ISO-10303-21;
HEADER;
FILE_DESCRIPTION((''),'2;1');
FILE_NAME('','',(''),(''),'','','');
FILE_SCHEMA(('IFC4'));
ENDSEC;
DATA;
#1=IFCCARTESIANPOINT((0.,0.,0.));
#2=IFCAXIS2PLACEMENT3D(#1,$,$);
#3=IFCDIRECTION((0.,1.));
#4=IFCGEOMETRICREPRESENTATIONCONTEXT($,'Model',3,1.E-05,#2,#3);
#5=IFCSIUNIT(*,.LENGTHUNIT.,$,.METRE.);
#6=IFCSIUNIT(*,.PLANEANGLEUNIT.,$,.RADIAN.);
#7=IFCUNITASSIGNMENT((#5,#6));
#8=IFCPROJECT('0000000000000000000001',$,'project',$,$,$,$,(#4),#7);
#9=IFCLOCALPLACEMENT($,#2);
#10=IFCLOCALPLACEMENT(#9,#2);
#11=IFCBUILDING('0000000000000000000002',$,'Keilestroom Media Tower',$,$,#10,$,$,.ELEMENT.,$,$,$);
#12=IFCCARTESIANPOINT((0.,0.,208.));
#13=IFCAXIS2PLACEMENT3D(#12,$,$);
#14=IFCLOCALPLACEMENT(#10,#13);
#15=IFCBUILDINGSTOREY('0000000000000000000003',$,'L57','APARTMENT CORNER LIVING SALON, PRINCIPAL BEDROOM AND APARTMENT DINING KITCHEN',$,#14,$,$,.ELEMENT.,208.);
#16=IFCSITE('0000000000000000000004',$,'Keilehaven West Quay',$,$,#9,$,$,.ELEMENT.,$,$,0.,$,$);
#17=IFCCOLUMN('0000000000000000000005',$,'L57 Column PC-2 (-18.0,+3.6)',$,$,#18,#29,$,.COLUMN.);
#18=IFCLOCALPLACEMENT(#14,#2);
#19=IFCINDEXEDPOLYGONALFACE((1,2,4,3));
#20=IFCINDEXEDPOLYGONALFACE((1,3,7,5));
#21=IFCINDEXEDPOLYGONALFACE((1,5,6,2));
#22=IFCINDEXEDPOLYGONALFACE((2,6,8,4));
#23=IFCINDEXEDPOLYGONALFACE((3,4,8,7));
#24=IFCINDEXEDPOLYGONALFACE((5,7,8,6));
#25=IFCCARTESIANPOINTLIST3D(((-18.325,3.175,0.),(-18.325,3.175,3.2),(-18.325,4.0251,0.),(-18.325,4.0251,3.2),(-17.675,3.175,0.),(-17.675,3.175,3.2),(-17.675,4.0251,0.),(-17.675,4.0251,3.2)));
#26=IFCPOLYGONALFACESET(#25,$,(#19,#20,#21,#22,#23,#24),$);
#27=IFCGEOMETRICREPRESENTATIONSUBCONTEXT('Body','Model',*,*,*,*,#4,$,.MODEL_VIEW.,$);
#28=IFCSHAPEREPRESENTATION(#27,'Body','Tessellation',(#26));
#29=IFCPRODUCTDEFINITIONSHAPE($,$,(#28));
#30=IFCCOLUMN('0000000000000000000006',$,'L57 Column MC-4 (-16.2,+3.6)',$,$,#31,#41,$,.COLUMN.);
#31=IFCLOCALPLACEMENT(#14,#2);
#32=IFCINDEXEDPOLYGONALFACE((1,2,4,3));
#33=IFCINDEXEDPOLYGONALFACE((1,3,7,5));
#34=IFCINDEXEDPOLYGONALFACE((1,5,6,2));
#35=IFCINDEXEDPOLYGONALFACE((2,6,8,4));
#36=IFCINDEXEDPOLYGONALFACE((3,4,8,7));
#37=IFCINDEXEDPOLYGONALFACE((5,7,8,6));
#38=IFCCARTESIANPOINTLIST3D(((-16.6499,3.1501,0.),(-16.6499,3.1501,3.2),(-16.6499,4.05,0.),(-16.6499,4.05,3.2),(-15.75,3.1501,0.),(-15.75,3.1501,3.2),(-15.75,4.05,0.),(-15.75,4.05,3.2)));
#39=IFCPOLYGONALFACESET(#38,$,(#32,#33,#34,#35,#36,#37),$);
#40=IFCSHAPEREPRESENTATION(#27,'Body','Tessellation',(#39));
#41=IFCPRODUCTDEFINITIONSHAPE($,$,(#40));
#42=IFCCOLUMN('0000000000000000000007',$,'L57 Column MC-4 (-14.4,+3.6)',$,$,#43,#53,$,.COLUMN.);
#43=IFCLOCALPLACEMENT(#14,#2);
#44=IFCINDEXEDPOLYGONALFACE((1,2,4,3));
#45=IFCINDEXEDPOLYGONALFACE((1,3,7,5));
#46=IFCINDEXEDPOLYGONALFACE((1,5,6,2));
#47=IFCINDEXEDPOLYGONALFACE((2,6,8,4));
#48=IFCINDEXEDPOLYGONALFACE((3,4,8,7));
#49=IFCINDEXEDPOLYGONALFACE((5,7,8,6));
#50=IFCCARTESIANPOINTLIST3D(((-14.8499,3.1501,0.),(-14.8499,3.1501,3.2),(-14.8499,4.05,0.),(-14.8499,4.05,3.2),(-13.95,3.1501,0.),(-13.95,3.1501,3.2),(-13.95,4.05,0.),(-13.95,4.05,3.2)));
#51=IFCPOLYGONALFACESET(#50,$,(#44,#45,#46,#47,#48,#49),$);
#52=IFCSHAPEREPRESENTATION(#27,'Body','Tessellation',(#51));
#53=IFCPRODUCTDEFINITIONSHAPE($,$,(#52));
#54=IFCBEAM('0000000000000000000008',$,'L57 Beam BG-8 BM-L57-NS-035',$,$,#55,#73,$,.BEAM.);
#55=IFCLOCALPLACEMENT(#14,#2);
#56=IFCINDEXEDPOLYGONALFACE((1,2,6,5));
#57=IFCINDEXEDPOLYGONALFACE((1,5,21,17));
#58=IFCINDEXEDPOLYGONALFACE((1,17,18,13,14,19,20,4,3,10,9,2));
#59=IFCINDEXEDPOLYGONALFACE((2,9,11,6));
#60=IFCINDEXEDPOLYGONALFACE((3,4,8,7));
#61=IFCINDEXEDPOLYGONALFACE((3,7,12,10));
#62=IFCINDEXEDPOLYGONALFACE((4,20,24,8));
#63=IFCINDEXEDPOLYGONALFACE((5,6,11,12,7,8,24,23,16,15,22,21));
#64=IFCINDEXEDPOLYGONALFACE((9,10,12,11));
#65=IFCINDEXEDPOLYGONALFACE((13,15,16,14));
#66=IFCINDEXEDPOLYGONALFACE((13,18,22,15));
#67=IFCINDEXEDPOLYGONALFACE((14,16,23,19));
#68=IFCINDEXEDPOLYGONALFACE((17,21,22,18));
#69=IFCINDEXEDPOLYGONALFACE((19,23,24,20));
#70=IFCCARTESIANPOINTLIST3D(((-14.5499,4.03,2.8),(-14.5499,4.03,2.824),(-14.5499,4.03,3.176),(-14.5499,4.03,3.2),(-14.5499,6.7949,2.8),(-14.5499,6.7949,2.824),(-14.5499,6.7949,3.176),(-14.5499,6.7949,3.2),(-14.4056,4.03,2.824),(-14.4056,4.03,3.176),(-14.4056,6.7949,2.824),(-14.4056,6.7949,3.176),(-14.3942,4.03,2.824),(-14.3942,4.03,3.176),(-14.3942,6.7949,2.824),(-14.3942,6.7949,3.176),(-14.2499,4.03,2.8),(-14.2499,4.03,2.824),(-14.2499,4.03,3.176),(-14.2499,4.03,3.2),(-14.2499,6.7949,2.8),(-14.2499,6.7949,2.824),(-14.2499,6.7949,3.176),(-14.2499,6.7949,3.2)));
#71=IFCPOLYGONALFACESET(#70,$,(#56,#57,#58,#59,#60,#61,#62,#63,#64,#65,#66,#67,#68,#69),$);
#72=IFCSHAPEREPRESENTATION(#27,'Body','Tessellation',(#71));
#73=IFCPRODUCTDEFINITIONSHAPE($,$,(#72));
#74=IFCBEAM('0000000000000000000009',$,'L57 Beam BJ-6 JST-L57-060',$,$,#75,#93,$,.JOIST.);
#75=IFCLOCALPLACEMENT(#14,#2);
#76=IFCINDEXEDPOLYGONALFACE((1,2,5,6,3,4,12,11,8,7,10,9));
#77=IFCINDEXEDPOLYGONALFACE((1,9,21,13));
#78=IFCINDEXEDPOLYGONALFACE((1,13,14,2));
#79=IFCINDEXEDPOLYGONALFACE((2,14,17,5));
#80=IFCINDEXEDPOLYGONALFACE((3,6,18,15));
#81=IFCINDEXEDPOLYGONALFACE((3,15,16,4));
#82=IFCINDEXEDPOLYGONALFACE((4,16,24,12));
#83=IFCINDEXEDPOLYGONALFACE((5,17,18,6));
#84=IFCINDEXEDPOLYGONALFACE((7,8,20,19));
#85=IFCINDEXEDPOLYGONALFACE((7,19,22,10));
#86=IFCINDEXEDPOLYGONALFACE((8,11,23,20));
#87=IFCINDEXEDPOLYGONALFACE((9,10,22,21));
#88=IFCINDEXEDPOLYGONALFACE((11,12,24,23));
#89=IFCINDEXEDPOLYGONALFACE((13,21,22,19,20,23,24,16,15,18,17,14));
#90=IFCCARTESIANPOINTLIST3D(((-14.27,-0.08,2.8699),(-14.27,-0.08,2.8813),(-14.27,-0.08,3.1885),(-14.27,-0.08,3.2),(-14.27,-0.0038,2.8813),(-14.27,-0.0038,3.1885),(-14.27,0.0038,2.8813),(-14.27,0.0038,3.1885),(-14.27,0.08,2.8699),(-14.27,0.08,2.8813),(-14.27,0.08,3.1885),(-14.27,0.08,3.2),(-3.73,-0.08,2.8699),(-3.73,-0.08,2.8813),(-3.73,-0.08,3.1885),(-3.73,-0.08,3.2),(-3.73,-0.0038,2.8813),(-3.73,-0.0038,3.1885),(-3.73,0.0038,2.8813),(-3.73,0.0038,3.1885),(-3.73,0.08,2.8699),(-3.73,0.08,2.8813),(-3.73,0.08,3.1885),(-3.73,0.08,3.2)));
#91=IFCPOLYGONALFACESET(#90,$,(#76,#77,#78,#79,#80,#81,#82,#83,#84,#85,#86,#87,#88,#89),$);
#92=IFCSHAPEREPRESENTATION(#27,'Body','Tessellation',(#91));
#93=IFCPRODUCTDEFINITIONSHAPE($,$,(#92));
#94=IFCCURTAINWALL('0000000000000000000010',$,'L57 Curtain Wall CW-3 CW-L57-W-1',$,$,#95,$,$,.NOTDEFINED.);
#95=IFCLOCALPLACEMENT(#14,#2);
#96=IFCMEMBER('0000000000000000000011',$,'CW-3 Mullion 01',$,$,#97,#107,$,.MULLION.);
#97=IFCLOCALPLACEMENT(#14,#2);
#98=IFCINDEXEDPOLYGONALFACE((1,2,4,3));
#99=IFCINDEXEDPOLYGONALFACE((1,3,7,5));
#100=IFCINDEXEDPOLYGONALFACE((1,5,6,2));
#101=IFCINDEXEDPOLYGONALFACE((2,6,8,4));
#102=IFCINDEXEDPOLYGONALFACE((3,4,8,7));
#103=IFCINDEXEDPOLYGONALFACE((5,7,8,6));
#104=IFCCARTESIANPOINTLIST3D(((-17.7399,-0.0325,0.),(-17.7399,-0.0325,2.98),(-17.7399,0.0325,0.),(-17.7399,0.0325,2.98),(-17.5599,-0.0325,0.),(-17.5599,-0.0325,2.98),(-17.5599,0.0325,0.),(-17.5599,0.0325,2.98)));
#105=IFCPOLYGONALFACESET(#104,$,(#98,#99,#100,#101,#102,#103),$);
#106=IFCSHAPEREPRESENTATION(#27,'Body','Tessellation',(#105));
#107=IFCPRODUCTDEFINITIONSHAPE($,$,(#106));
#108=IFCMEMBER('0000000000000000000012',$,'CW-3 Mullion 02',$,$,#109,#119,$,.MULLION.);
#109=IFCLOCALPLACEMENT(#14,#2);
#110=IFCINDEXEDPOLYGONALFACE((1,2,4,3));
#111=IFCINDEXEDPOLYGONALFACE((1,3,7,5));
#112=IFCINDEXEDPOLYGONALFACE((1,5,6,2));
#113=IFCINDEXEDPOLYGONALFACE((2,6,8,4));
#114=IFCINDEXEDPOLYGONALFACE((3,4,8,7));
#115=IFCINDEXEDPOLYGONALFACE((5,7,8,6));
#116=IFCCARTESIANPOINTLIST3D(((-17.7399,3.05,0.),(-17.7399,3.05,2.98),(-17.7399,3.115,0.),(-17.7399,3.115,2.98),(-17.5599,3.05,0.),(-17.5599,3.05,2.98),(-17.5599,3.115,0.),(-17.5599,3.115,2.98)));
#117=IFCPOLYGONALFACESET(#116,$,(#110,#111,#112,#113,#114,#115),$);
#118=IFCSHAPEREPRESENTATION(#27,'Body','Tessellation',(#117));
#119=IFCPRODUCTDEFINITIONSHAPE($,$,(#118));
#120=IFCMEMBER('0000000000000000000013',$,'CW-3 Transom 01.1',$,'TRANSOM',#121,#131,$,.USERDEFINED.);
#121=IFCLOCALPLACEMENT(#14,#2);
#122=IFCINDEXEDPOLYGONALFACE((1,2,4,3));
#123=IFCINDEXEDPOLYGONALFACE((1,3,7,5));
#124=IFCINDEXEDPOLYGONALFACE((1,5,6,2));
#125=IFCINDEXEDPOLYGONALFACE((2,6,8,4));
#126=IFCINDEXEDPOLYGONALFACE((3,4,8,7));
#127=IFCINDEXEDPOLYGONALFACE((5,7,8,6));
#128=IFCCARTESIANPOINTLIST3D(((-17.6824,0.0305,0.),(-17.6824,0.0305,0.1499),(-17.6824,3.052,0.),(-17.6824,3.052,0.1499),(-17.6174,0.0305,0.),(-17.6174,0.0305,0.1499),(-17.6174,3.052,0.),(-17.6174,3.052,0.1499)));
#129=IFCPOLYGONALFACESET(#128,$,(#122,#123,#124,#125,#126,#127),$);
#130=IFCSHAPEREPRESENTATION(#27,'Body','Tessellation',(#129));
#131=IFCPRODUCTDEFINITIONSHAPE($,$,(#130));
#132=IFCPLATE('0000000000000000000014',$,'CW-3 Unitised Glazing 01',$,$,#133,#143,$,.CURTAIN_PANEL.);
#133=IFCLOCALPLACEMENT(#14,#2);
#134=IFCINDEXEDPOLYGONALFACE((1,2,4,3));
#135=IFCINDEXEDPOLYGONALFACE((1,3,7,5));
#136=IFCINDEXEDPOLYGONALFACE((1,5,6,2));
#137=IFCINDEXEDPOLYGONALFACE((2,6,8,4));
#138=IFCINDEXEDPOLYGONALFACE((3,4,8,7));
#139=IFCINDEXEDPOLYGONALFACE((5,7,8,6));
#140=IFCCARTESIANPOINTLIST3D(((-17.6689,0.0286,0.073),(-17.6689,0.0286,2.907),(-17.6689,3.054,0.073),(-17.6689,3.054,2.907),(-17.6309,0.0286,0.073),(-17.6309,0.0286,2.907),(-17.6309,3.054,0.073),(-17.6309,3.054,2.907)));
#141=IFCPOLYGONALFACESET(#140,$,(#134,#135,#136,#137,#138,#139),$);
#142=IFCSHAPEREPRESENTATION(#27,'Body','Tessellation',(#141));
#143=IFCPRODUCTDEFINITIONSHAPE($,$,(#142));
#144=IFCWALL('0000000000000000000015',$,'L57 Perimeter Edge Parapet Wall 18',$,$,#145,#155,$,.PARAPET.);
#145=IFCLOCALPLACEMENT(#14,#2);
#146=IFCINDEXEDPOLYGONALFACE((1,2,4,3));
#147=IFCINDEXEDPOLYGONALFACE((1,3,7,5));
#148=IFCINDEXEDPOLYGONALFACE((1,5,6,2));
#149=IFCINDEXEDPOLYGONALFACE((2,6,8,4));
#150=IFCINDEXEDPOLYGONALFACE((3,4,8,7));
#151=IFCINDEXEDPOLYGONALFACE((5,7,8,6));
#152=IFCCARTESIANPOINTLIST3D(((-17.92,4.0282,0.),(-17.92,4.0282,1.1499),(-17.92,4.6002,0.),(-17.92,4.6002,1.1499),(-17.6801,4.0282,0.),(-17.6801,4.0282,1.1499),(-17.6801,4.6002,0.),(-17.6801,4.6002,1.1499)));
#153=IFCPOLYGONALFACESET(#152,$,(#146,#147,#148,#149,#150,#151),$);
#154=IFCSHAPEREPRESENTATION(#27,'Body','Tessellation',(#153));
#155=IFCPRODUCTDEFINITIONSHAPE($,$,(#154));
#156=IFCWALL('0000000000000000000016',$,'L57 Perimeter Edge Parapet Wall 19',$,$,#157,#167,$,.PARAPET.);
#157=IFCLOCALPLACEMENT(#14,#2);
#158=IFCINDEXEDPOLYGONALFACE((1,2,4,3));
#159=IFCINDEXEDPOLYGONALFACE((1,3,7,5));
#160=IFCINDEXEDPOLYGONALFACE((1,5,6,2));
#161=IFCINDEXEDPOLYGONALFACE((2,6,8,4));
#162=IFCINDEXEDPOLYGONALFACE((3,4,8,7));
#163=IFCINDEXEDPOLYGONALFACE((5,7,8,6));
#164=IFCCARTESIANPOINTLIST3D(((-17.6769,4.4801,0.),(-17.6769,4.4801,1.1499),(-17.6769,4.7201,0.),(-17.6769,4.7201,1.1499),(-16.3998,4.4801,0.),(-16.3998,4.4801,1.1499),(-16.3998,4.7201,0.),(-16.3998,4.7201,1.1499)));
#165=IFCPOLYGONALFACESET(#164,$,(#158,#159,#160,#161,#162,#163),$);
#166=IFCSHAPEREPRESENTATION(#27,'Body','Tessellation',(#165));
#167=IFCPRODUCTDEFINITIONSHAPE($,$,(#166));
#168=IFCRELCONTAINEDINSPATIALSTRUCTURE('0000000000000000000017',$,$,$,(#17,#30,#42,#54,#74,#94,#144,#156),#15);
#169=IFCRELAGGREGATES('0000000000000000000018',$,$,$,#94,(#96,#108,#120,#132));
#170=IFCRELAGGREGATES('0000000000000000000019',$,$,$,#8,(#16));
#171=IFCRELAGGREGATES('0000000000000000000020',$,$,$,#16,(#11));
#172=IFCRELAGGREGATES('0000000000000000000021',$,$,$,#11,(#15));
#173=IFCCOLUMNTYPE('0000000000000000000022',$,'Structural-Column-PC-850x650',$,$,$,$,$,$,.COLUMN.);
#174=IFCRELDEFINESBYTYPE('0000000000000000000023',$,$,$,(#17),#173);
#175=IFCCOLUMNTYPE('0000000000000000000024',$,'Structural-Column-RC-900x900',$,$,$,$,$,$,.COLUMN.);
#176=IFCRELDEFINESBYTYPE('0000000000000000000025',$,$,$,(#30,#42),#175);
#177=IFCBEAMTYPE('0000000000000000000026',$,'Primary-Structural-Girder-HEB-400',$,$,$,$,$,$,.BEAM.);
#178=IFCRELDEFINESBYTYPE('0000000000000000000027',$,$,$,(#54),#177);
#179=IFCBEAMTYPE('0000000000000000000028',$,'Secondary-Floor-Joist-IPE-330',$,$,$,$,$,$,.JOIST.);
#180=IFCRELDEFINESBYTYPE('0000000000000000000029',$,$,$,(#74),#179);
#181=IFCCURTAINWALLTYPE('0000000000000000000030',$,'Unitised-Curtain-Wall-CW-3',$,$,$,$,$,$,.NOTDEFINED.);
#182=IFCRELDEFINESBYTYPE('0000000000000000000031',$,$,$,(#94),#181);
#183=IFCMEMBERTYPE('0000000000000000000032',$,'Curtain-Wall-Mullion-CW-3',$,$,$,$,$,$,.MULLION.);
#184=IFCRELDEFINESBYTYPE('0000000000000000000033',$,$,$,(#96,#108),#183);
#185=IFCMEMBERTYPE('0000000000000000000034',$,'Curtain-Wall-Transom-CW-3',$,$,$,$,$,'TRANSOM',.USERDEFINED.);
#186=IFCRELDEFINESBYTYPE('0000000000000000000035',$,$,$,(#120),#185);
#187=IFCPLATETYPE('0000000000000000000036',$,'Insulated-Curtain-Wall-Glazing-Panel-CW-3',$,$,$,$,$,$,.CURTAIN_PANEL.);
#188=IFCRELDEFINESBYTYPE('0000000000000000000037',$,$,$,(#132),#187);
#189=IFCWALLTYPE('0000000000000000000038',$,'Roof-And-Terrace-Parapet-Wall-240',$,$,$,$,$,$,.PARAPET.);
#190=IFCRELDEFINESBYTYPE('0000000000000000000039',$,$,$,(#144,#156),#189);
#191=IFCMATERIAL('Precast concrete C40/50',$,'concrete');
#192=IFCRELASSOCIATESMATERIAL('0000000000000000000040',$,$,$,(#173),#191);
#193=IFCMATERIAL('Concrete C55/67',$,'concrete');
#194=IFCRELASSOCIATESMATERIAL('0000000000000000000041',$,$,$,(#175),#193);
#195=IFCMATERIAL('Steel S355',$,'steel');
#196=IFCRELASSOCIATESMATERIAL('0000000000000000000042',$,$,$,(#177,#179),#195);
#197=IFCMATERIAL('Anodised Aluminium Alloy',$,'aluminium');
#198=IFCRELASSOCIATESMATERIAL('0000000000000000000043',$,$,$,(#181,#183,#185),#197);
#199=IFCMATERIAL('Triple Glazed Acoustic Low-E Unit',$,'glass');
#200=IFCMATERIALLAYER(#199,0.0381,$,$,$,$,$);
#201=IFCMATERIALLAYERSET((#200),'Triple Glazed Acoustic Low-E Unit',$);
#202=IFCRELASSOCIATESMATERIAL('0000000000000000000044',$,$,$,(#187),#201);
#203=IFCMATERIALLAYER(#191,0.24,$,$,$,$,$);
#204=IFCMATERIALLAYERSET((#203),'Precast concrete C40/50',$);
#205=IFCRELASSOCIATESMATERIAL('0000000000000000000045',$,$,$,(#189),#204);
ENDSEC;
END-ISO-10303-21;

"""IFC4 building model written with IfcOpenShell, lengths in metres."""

from ifc_helpers import new_model, si_unit, direction, frame, frame_2d, origin, origin_2d, place, context, subcontext, project, spatial, rectangle, i_section, extrude, source, transform, mapped, material, layer, layer_set, material_profile, profile_set, type_object, element, aggregate, save


model = new_model("IFC4")

# Units and contexts
model_context = context("Model", 3, precision=1e-05, world=origin(), true_north=direction((0.0, 1.0)))
body_context = subcontext(model_context, "Body", "Model", "MODEL_VIEW")
ifc_project = project(units=[si_unit("LENGTHUNIT", "METRE"), si_unit("PLANEANGLEUNIT", "RADIAN")], contexts=[model_context])

# Site, building, storey
site_placement = place(None, origin())
site = spatial("IfcSite", under=ifc_project, at=site_placement, Name="Keilehaven West Quay", CompositionType="ELEMENT", RefElevation=0.0)
building_placement = place(site_placement, origin())
building = spatial("IfcBuilding", under=site, at=building_placement, Name="Keilestroom Media Tower", CompositionType="ELEMENT")
storey_placement = place(building_placement, frame((0.0, 0.0, 208.0)))
storey = spatial("IfcBuildingStorey", under=building, at=storey_placement, Name="L57", Description="APARTMENT CORNER LIVING SALON, PRINCIPAL BEDROOM AND APARTMENT DINING KITCHEN", CompositionType="ELEMENT", Elevation=208.0)

# Columns
ifc_material_1 = material(Name="Precast concrete C40/50", Category="concrete")
ifc_material_profile_1 = material_profile(ifc_material_1, rectangle(XDim=0.6499, YDim=0.8501, at=origin_2d()), Name="PC 850x650")
ifc_profile_set_1 = profile_set([ifc_material_profile_1], Name="Precast concrete C40/50")
column_type_1 = type_object("IfcColumnType", Name="Structural-Column-PC-850x650", PredefinedType="COLUMN", material=ifc_profile_set_1)
shared_shape_1 = source(origin(), body_context, "Body", "SweptSolid", [
    extrude(rectangle(XDim=0.6499, YDim=0.8501, at=origin_2d()), origin(), (0.0, 0.0, 1.0), 3.2),
])
column_placement = place(storey_placement, frame((-18.0, 3.6001, 0.0), z_axis=(0.0, 0.0, 1.0), x_axis=(1.0, 0.0, 0.0)))
element("IfcColumn", 1, at=column_placement, inside=storey, type_object=column_type_1, Name="L57 Column PC-2 (-18.0,+3.6)", PredefinedType="COLUMN", context=body_context, shape_type="MappedRepresentation", body=[
    mapped(shared_shape_1, transform((0.0, 0.0, 0.0), x_axis=(1.0, 0.0, 0.0), y_axis=(0.0, 1.0, 0.0), z_axis=(0.0, 0.0, 1.0), scale=1.0)),
])
ifc_material_2 = material(Name="Concrete C55/67", Category="concrete")
ifc_material_profile_2 = material_profile(ifc_material_2, rectangle(XDim=0.8999, YDim=0.8999, at=origin_2d()), Name="RC 900x900")
ifc_profile_set_2 = profile_set([ifc_material_profile_2], Name="Concrete C55/67")
column_type_2 = type_object("IfcColumnType", Name="Structural-Column-RC-900x900", PredefinedType="COLUMN", material=ifc_profile_set_2)
shared_shape_2 = source(origin(), body_context, "Body", "SweptSolid", [
    extrude(rectangle(XDim=0.8999, YDim=0.8999, at=origin_2d()), origin(), (0.0, 0.0, 1.0), 3.2),
])
for number, where, z_axis, x_axis, name in (
    (2, (-16.2, 3.6001, 0.0), (0.0, 0.0, 1.0), (1.0, 0.0, 0.0), "L57 Column MC-4 (-16.2,+3.6)"),
    (3, (-14.3999, 3.6001, 0.0), (0.0, 0.0, 1.0), (1.0, 0.0, 0.0), "L57 Column MC-4 (-14.4,+3.6)"),
):
    element("IfcColumn", number, at=place(storey_placement, frame(where, z_axis=z_axis, x_axis=x_axis)), inside=storey, type_object=column_type_2, Name=name, PredefinedType="COLUMN", context=body_context, shape_type="MappedRepresentation", body=[
        mapped(shared_shape_2, transform((0.0, 0.0, 0.0), x_axis=(1.0, 0.0, 0.0), y_axis=(0.0, 1.0, 0.0), z_axis=(0.0, 0.0, 1.0), scale=1.0)),
    ])

# Beams
ifc_material_3 = material(Name="Steel S355", Category="steel")
ifc_material_profile_3 = material_profile(ifc_material_3, i_section(OverallWidth=0.3, OverallDepth=0.3999, WebThickness=0.0115, FlangeThickness=0.0239, at=origin_2d()), Name="HEB 400")
ifc_profile_set_3 = profile_set([ifc_material_profile_3], Name="Steel S355")
beam_type_1 = type_object("IfcBeamType", Name="Primary-Structural-Girder-HEB-400", PredefinedType="BEAM", material=ifc_profile_set_3)
shared_shape_3 = source(origin(), body_context, "Body", "SweptSolid", [
    extrude(i_section(OverallWidth=0.3, OverallDepth=0.3999, WebThickness=0.0115, FlangeThickness=0.0239, at=origin_2d()), origin(), (0.0, 0.0, 1.0), 2.7649),
])
beam_1_placement = place(storey_placement, frame((-14.3999, 4.03, 3.0), z_axis=(0.0, 1.0, 0.0), x_axis=(-1.0, 0.0, 0.0)))
element("IfcBeam", 4, at=beam_1_placement, inside=storey, type_object=beam_type_1, Name="L57 Beam BG-8 BM-L57-NS-035", PredefinedType="BEAM", context=body_context, shape_type="MappedRepresentation", body=[
    mapped(shared_shape_3, transform((0.0, 0.0, 0.0), x_axis=(1.0, 0.0, 0.0), y_axis=(0.0, 1.0, 0.0), z_axis=(0.0, 0.0, 1.0), scale=1.0)),
])
ifc_material_profile_4 = material_profile(ifc_material_3, i_section(OverallWidth=0.1599, OverallDepth=0.3301, WebThickness=0.0076, FlangeThickness=0.0115, at=origin_2d()), Name="IPE 330")
ifc_profile_set_4 = profile_set([ifc_material_profile_4], Name="Steel S355")
beam_type_2 = type_object("IfcBeamType", Name="Secondary-Floor-Joist-IPE-330", PredefinedType="JOIST", material=ifc_profile_set_4)
shared_shape_4 = source(origin(), body_context, "Body", "SweptSolid", [
    extrude(i_section(OverallWidth=0.1599, OverallDepth=0.3301, WebThickness=0.0076, FlangeThickness=0.0115, at=origin_2d()), origin(), (0.0, 0.0, 1.0), 10.54),
])
beam_2_placement = place(storey_placement, frame((-14.27, 0.0, 3.0349), z_axis=(1.0, 0.0, 0.0), x_axis=(0.0, 1.0, 0.0)))
element("IfcBeam", 5, at=beam_2_placement, inside=storey, type_object=beam_type_2, Name="L57 Beam BJ-6 JST-L57-060", PredefinedType="JOIST", context=body_context, shape_type="MappedRepresentation", body=[
    mapped(shared_shape_4, transform((0.0, 0.0, 0.0), x_axis=(1.0, 0.0, 0.0), y_axis=(0.0, 1.0, 0.0), z_axis=(0.0, 0.0, 1.0), scale=1.0)),
])

# Curtain wall, members, plate
ifc_material_4 = material(Name="Anodised Aluminium Alloy", Category="aluminium")
curtain_wall_type = type_object("IfcCurtainWallType", Name="Unitised-Curtain-Wall-CW-3", PredefinedType="NOTDEFINED", material=ifc_material_4)
curtain_wall_placement = place(storey_placement, origin())
curtain_wall = element("IfcCurtainWall", 6, at=curtain_wall_placement, inside=storey, type_object=curtain_wall_type, Name="L57 Curtain Wall CW-3 CW-L57-W-1", PredefinedType="NOTDEFINED")
ifc_material_profile_5 = material_profile(ifc_material_4, rectangle(XDim=0.0649, YDim=0.1799, at=origin_2d()), Name="ALU MULLION 65x180")
ifc_profile_set_5 = profile_set([ifc_material_profile_5], Name="Anodised Aluminium Alloy")
member_type_1 = type_object("IfcMemberType", Name="Curtain-Wall-Mullion-CW-3", PredefinedType="MULLION", material=ifc_profile_set_5)
shared_shape_5 = source(origin(), body_context, "Body", "SweptSolid", [
    extrude(rectangle(XDim=0.0649, YDim=0.1799, at=origin_2d()), origin(), (0.0, 0.0, 1.0), 2.98),
])
member_1_placement = place(storey_placement, frame((-17.6499, 0.0, 0.0), z_axis=(0.0, 0.0, 1.0), x_axis=(0.0, 1.0, 0.0)))
member_1 = element("IfcMember", 7, at=member_1_placement, type_object=member_type_1, Name="CW-3 Mullion 01", PredefinedType="MULLION", context=body_context, shape_type="MappedRepresentation", body=[
    mapped(shared_shape_5, transform((0.0, 0.0, 0.0), x_axis=(1.0, 0.0, 0.0), y_axis=(0.0, 1.0, 0.0), z_axis=(0.0, 0.0, 1.0), scale=1.0)),
])
member_2_placement = place(storey_placement, frame((-17.6499, 3.0825, 0.0), z_axis=(0.0, 0.0, 1.0), x_axis=(0.0, 1.0, 0.0)))
member_2 = element("IfcMember", 8, at=member_2_placement, type_object=member_type_1, Name="CW-3 Mullion 02", PredefinedType="MULLION", context=body_context, shape_type="MappedRepresentation", body=[
    mapped(shared_shape_5, transform((0.0, 0.0, 0.0), x_axis=(1.0, 0.0, 0.0), y_axis=(0.0, 1.0, 0.0), z_axis=(0.0, 0.0, 1.0), scale=1.0)),
])
ifc_material_profile_6 = material_profile(ifc_material_4, rectangle(XDim=0.0649, YDim=0.1499, at=origin_2d()), Name="ALU TRANSOM 65x150")
ifc_profile_set_6 = profile_set([ifc_material_profile_6], Name="Anodised Aluminium Alloy")
member_type_2 = type_object("IfcMemberType", Name="Curtain-Wall-Transom-CW-3", ElementType="TRANSOM", PredefinedType="USERDEFINED", material=ifc_profile_set_6)
shared_shape_6 = source(origin(), body_context, "Body", "SweptSolid", [
    extrude(rectangle(XDim=0.0649, YDim=0.1499, at=origin_2d()), origin(), (0.0, 0.0, 1.0), 3.0215),
])
member_3_placement = place(storey_placement, frame((-17.6499, 0.0305, 0.075), z_axis=(0.0, 1.0, 0.0), x_axis=(-1.0, 0.0, 0.0)))
member_3 = element("IfcMember", 9, at=member_3_placement, type_object=member_type_2, Name="CW-3 Transom 01.1", ObjectType="TRANSOM", PredefinedType="USERDEFINED", context=body_context, shape_type="MappedRepresentation", body=[
    mapped(shared_shape_6, transform((0.0, 0.0, 0.0), x_axis=(1.0, 0.0, 0.0), y_axis=(0.0, 1.0, 0.0), z_axis=(0.0, 0.0, 1.0), scale=1.0)),
])
ifc_material_5 = material(Name="Triple Glazed Acoustic Low-E Unit", Category="glass")
ifc_layer_1 = layer(ifc_material_5, 0.0381)
ifc_layer_set_1 = layer_set([ifc_layer_1], Name="Triple Glazed Acoustic Low-E Unit")
plate_type = type_object("IfcPlateType", Name="Insulated-Curtain-Wall-Glazing-Panel-CW-3", PredefinedType="CURTAIN_PANEL", material=ifc_layer_set_1)
shared_shape_7 = source(origin(), body_context, "Body", "SweptSolid", [
    extrude(rectangle(XDim=3.0254, YDim=0.0381, at=origin_2d()), origin(), (0.0, 0.0, 1.0), 2.834),
])
plate_placement = place(storey_placement, frame((-17.6499, 1.5413, 0.073), z_axis=(0.0, 0.0, 1.0), x_axis=(0.0, 1.0, 0.0)))
plate = element("IfcPlate", 10, at=plate_placement, type_object=plate_type, Name="CW-3 Unitised Glazing 01", PredefinedType="CURTAIN_PANEL", context=body_context, shape_type="MappedRepresentation", body=[
    mapped(shared_shape_7, transform((0.0, 0.0, 0.0), x_axis=(1.0, 0.0, 0.0), y_axis=(0.0, 1.0, 0.0), z_axis=(0.0, 0.0, 1.0), scale=1.0)),
])
aggregate(curtain_wall, [member_1, member_2, member_3, plate])

# Walls
ifc_layer_2 = layer(ifc_material_1, 0.24)
ifc_layer_set_2 = layer_set([ifc_layer_2], Name="Precast concrete C40/50")
wall_type = type_object("IfcWallType", Name="Roof-And-Terrace-Parapet-Wall-240", PredefinedType="PARAPET", material=ifc_layer_set_2)
wall_1_placement = place(storey_placement, frame((-17.8, 4.0281, 0.0), z_axis=(0.0, 0.0, 1.0), x_axis=(0.0, 1.0, 0.0)))
element("IfcWall", 11, at=wall_1_placement, inside=storey, type_object=wall_type, Name="L57 Perimeter Edge Parapet Wall 18", PredefinedType="PARAPET", context=body_context, shape_type="SweptSolid", body=[
    extrude(rectangle(XDim=0.572, YDim=0.24, at=frame_2d((0.2861, 0.0))), origin(), (0.0, 0.0, 1.0), 1.1499),
])
wall_2_placement = place(storey_placement, frame((-17.677, 4.6001, 0.0), z_axis=(0.0, 0.0, 1.0), x_axis=(1.0, 0.0, 0.0)))
element("IfcWall", 12, at=wall_2_placement, inside=storey, type_object=wall_type, Name="L57 Perimeter Edge Parapet Wall 19", PredefinedType="PARAPET", context=body_context, shape_type="SweptSolid", body=[
    extrude(rectangle(XDim=1.2771, YDim=0.24, at=frame_2d((0.6387, 0.0))), origin(), (0.0, 0.0, 1.0), 1.1499),
])

save(model, "model.ifc")
